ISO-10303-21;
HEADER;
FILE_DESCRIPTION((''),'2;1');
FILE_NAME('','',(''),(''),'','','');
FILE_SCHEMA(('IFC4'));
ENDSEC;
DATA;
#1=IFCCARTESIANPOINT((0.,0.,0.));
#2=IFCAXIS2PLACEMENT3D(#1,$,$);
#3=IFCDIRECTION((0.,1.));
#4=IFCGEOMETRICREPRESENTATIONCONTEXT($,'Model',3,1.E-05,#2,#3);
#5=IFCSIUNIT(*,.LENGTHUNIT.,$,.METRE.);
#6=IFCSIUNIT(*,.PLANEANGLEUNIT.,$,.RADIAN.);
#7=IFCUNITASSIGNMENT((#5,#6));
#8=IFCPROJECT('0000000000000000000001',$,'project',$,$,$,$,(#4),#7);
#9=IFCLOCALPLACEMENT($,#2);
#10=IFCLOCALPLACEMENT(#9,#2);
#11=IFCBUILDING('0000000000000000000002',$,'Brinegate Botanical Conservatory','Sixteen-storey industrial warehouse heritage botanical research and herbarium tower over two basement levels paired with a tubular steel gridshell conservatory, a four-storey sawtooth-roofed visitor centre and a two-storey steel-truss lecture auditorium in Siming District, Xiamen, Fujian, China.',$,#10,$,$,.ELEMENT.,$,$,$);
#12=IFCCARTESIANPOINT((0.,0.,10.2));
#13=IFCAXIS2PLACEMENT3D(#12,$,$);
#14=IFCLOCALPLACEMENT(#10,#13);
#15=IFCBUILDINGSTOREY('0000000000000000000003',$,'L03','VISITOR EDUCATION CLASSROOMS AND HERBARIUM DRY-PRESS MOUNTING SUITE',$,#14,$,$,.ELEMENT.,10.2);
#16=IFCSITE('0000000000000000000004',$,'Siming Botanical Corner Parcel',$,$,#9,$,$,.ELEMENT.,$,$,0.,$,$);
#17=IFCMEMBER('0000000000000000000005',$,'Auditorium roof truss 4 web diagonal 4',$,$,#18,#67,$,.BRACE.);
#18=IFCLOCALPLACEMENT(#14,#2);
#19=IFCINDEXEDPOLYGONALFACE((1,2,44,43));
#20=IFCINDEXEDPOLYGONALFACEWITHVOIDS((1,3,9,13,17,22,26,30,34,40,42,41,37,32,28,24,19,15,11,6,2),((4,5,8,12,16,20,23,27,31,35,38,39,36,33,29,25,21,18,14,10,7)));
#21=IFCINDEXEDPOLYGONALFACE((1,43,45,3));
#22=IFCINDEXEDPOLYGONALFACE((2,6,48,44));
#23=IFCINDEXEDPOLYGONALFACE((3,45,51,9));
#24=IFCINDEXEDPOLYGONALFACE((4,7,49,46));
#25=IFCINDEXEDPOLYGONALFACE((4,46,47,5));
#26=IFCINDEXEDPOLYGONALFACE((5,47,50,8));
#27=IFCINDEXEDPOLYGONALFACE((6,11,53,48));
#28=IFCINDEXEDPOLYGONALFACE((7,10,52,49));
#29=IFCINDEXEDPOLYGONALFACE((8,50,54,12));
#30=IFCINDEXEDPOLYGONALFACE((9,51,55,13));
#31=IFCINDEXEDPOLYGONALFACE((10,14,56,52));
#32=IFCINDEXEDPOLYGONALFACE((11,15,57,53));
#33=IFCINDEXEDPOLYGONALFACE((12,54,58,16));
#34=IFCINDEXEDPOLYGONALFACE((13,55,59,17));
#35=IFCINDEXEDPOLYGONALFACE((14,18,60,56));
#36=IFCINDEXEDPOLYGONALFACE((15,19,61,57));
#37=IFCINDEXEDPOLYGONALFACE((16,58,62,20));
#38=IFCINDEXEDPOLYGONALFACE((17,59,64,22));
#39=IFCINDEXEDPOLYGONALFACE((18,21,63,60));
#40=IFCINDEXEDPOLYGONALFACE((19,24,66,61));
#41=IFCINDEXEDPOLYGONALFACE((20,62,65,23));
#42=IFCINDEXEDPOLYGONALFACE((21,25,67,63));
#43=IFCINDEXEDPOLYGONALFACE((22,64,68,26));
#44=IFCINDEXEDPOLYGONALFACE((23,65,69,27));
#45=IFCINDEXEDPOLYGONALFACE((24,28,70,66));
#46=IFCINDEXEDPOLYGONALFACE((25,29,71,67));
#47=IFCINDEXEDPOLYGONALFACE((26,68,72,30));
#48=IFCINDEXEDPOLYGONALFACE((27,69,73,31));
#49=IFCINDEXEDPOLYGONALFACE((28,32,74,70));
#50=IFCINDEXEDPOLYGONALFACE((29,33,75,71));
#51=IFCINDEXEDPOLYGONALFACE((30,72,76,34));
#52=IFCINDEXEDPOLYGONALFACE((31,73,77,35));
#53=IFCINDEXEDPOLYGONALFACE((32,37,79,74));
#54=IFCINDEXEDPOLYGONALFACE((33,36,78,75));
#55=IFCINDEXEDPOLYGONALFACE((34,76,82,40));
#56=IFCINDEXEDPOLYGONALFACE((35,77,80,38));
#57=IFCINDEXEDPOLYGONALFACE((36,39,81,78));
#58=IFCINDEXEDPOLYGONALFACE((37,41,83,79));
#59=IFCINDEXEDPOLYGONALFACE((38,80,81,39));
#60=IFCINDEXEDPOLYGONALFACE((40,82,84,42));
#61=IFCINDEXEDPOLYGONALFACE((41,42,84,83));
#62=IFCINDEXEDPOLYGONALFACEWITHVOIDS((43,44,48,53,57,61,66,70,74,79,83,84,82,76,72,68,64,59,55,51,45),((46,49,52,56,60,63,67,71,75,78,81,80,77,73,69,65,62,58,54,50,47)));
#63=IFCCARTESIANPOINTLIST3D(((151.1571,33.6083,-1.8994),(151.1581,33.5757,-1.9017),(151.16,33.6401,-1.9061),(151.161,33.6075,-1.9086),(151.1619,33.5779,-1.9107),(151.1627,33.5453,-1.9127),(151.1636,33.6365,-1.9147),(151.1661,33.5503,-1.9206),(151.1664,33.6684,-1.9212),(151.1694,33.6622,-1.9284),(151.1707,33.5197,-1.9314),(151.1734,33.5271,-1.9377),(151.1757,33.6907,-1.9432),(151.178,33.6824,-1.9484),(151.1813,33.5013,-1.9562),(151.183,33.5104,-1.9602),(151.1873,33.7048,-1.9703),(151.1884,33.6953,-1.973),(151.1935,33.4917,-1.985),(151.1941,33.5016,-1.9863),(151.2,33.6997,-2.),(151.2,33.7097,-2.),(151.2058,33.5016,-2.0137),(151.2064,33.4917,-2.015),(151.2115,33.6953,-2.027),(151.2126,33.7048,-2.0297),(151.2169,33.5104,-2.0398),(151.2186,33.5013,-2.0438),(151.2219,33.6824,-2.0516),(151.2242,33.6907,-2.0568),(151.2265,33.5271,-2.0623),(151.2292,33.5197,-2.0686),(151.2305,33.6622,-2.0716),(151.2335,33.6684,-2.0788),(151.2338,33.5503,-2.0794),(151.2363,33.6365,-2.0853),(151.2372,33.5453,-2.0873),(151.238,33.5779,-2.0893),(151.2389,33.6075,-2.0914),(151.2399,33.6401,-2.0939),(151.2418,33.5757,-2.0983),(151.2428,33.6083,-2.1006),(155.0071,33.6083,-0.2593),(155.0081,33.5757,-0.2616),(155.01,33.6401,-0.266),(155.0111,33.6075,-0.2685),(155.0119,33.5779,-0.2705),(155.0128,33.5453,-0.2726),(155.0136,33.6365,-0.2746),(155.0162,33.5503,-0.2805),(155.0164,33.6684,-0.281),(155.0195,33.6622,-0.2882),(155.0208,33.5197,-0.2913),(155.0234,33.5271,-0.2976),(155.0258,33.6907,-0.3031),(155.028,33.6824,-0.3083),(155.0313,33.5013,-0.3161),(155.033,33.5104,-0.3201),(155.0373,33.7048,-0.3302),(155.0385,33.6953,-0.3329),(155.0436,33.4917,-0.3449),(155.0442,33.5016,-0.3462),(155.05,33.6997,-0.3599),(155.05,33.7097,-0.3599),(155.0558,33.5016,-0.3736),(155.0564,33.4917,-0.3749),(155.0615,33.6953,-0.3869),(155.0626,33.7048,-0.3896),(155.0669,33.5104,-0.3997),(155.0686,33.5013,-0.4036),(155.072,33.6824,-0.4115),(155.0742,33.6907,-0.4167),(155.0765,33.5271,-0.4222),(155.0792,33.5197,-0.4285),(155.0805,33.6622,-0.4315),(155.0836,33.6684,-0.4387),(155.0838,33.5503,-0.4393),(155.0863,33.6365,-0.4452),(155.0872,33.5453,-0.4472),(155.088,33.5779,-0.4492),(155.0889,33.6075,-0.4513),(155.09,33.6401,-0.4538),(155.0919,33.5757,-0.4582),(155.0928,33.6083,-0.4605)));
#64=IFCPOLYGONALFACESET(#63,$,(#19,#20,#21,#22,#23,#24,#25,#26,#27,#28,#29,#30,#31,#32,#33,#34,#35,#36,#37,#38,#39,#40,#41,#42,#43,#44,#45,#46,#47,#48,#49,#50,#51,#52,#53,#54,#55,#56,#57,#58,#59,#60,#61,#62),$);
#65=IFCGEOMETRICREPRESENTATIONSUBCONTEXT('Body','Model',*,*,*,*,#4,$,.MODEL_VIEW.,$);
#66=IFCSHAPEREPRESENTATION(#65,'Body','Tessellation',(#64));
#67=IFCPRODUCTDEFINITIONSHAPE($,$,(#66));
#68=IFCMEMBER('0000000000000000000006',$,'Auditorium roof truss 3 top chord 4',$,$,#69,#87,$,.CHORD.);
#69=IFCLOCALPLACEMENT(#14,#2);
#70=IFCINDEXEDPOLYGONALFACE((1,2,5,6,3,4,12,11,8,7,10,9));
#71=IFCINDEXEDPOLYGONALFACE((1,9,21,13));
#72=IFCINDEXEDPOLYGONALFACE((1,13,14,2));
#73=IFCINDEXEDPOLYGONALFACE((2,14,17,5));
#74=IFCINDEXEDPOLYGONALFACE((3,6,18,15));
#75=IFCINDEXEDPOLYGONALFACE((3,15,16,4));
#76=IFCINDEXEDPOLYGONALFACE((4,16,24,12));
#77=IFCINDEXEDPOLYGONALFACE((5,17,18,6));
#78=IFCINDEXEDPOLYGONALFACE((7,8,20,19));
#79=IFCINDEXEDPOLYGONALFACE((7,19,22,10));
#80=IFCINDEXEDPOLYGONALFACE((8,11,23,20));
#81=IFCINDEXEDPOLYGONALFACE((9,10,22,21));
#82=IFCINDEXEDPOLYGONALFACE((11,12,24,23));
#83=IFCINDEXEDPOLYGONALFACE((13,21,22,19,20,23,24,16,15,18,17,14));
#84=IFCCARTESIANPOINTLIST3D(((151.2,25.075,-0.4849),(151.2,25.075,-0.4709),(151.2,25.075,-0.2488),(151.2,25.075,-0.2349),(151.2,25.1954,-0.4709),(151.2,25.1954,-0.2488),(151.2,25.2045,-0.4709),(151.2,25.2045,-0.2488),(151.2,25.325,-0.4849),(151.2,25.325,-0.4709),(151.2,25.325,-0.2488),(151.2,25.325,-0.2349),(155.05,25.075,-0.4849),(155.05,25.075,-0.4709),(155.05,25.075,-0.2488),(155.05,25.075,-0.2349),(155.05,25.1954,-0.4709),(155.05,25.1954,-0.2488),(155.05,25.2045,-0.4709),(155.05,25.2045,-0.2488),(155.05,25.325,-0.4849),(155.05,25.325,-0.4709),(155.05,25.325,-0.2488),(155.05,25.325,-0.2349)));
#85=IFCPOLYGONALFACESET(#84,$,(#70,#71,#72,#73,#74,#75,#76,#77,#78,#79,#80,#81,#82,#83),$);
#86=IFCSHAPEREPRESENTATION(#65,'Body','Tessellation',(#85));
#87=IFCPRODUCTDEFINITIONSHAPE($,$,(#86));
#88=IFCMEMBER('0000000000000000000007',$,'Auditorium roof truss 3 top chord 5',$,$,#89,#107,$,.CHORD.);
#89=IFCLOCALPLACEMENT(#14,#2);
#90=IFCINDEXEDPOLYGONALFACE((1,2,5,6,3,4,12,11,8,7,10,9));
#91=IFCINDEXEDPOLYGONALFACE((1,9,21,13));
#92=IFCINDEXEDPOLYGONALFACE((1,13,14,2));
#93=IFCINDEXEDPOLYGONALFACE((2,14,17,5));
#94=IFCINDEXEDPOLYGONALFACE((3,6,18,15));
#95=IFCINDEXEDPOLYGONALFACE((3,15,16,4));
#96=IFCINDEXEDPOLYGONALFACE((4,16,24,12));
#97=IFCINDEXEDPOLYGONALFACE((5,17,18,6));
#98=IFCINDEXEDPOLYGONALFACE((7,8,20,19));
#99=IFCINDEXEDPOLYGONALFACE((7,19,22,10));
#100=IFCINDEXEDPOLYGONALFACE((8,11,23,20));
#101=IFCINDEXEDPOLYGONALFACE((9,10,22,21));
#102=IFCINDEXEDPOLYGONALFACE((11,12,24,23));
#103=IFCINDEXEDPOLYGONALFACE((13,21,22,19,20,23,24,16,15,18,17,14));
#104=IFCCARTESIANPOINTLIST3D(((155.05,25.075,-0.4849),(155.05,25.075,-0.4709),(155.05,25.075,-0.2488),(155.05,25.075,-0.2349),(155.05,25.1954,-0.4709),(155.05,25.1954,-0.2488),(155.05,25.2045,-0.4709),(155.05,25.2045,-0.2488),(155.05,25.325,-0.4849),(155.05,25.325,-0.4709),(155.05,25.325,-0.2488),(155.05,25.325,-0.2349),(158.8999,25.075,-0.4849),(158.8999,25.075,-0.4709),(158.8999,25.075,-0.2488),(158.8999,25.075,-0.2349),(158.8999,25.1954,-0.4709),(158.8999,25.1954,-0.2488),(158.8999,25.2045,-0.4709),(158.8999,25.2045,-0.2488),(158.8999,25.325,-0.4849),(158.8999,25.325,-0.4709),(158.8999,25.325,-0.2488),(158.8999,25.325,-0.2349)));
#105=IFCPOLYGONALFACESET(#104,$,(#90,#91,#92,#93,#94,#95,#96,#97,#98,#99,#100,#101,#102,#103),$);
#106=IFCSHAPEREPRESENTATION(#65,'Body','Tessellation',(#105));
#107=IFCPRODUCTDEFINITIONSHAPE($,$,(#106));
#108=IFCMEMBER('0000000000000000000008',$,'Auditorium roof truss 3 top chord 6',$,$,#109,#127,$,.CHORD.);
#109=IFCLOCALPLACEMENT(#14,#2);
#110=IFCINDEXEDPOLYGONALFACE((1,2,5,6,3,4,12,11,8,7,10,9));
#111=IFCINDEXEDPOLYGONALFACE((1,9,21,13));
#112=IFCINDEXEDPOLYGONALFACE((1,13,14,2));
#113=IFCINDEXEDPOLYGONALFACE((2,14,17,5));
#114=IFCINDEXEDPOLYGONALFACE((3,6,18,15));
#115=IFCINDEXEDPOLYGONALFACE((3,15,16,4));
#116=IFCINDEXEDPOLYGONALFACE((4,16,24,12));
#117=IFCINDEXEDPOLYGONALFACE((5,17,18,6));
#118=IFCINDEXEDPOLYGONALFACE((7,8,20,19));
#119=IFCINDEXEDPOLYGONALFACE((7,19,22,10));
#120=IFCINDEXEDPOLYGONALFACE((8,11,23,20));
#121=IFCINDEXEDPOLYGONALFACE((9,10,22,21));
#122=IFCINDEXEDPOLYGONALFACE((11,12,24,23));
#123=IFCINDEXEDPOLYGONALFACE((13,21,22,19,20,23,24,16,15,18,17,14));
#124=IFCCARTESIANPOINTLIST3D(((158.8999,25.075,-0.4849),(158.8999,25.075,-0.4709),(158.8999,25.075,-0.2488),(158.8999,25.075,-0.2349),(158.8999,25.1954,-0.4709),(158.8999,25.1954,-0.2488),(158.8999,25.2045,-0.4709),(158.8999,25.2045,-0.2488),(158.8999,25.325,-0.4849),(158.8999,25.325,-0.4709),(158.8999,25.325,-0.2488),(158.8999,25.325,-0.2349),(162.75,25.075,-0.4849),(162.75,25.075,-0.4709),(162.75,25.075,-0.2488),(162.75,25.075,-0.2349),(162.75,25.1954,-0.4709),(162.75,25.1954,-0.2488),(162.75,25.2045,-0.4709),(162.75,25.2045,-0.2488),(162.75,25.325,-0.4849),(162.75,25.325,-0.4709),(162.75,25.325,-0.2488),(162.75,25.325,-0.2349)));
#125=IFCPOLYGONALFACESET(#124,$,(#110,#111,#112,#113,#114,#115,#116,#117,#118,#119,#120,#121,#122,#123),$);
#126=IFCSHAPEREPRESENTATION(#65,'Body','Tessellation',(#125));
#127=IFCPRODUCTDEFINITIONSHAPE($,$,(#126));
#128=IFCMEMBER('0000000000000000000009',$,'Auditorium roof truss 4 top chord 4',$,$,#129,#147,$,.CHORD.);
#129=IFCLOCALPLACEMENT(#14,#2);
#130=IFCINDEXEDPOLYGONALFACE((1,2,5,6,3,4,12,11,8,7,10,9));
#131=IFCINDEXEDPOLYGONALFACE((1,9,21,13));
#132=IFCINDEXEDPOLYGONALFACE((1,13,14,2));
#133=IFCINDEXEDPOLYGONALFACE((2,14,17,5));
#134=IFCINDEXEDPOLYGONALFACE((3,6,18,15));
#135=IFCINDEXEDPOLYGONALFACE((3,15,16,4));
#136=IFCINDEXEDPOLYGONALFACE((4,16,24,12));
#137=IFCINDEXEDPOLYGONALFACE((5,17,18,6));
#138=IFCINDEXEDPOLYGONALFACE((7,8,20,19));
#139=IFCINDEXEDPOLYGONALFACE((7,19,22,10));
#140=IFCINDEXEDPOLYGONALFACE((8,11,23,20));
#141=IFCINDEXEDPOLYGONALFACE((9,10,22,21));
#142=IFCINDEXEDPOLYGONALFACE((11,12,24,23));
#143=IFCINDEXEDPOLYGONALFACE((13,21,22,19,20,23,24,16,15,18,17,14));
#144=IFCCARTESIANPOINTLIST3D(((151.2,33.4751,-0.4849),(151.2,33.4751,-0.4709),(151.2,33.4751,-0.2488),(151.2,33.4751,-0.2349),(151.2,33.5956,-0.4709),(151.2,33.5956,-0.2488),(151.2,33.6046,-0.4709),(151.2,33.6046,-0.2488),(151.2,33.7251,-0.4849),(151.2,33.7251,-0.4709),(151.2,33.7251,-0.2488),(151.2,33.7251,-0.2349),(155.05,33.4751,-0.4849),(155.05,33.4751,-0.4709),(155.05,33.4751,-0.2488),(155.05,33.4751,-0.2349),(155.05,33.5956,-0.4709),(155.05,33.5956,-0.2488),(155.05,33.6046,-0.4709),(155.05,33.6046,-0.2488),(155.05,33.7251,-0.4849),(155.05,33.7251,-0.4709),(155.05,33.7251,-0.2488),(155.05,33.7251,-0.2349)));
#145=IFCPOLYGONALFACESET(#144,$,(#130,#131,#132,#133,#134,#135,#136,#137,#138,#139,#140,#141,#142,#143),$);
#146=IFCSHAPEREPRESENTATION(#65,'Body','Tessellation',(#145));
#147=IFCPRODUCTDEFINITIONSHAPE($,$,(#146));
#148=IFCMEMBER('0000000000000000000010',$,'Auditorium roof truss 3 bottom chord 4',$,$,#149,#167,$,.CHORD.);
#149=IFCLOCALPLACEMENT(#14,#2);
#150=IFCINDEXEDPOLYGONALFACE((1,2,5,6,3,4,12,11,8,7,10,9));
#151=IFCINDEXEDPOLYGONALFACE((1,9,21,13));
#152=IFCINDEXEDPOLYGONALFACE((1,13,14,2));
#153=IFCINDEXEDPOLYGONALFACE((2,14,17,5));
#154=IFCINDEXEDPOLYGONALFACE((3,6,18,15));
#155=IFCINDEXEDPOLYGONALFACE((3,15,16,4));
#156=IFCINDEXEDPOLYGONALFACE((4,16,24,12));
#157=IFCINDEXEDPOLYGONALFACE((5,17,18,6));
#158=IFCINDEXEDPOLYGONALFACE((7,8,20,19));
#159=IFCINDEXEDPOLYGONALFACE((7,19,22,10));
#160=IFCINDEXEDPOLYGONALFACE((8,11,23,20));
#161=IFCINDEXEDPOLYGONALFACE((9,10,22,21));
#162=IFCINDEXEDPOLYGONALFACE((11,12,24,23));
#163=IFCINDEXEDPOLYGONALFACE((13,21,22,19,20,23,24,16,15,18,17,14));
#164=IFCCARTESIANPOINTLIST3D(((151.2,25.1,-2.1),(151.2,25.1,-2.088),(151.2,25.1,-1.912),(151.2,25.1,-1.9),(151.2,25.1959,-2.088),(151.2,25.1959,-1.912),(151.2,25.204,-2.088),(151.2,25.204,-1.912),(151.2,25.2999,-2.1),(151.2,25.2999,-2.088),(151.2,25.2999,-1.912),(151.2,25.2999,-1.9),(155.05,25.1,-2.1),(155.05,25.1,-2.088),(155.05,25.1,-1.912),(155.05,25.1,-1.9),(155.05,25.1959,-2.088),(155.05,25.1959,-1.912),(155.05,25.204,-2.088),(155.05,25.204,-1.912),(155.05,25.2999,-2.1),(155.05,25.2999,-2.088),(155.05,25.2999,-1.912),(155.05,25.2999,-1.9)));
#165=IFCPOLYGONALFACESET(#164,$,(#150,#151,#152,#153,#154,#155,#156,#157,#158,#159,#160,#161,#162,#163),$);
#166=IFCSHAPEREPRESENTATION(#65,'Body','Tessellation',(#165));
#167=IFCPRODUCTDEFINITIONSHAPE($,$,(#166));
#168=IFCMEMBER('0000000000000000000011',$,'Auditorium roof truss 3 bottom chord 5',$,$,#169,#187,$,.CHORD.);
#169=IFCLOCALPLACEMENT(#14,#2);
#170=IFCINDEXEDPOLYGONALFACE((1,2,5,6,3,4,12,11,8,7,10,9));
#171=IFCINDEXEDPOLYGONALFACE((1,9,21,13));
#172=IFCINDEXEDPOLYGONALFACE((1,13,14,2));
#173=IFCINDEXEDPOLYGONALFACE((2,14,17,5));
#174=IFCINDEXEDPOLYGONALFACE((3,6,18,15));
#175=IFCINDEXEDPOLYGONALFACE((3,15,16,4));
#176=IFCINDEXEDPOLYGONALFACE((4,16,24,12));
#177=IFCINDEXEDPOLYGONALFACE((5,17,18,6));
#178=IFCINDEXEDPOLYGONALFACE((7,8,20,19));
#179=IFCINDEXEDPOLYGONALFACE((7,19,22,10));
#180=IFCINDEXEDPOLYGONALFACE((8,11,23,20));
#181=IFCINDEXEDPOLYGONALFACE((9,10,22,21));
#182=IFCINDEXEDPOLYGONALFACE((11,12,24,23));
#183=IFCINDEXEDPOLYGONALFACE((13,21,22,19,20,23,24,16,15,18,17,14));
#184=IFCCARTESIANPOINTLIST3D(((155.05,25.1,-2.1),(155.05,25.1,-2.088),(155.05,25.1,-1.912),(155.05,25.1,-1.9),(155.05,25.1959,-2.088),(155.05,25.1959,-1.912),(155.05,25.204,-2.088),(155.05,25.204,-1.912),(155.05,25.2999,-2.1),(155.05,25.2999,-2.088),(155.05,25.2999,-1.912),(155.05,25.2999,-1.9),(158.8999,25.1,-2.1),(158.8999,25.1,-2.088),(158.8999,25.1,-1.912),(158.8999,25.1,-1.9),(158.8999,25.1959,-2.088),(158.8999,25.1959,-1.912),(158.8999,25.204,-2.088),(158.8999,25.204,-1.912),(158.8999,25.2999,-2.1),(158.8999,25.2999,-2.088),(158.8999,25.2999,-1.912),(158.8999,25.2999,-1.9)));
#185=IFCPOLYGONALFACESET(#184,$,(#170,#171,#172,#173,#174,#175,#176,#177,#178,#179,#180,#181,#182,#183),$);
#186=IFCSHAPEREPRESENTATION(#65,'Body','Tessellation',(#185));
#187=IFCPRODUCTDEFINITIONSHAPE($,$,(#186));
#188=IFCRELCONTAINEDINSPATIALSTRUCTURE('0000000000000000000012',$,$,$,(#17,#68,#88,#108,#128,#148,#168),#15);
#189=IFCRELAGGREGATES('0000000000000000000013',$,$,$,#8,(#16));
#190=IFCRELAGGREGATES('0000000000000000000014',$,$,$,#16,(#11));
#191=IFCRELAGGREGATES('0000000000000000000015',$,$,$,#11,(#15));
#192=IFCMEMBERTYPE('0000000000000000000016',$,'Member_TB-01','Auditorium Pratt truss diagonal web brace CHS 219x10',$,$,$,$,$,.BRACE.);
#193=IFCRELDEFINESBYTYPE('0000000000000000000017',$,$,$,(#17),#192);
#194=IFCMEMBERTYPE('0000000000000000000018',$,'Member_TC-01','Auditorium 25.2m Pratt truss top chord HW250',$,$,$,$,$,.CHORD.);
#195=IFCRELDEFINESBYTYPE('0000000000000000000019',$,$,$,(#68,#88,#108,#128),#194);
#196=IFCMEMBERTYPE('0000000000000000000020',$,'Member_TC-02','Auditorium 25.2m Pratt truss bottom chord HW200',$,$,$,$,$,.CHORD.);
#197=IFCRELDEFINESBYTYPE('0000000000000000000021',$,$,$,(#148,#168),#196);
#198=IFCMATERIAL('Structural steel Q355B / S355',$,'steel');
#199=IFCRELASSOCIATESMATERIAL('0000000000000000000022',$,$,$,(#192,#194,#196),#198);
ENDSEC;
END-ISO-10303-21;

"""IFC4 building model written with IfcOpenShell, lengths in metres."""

from ifc_helpers import new_model, si_unit, direction, frame, origin, origin_2d, place, context, subcontext, project, spatial, hollow_circle, i_section, extrude, material, material_profile, profile_set, type_object, element, save


model = new_model("IFC4")

# Units and contexts
model_context = context("Model", 3, precision=1e-05, world=origin(), true_north=direction((0.0, 1.0)))
body_context = subcontext(model_context, "Body", "Model", "MODEL_VIEW")
ifc_project = project(units=[si_unit("LENGTHUNIT", "METRE"), si_unit("PLANEANGLEUNIT", "RADIAN")], contexts=[model_context])

# Site, building, storey
site_placement = place(None, origin())
site = spatial("IfcSite", under=ifc_project, at=site_placement, Name="Siming Botanical Corner Parcel", CompositionType="ELEMENT", RefElevation=0.0)
building_placement = place(site_placement, origin())
building = spatial("IfcBuilding", under=site, at=building_placement, Name="Brinegate Botanical Conservatory", Description="Sixteen-storey industrial warehouse heritage botanical research and herbarium tower over two basement levels paired with a tubular steel gridshell conservatory, a four-storey sawtooth-roofed visitor centre and a two-storey steel-truss lecture auditorium in Siming District, Xiamen, Fujian, China.", CompositionType="ELEMENT")
storey_placement = place(building_placement, frame((0.0, 0.0, 10.2)))
storey = spatial("IfcBuildingStorey", under=building, at=storey_placement, Name="L03", Description="VISITOR EDUCATION CLASSROOMS AND HERBARIUM DRY-PRESS MOUNTING SUITE", CompositionType="ELEMENT", Elevation=10.2)

# Members
ifc_material_1 = material(Name="Structural steel Q355B / S355", Category="steel")
ifc_material_profile_1 = material_profile(ifc_material_1, hollow_circle(Radius=0.1096, WallThickness=0.01, at=origin_2d()), Name="CHS 219x10")
ifc_profile_set_1 = profile_set([ifc_material_profile_1], Name="Structural steel Q355B / S355")
member_type_1 = type_object("IfcMemberType", Name="Member_TB-01", Description="Auditorium Pratt truss diagonal web brace CHS 219x10", PredefinedType="BRACE", material=ifc_profile_set_1)
for number, where, z_axis, x_axis, name in (
    (1, (151.2, 33.6001, -2.0), (0.92, 0.0, 0.391919), (0.0, 1.0, 0.0), "Auditorium roof truss 4 web diagonal 4"),
):
    element("IfcMember", number, at=place(storey_placement, frame(where, z_axis=z_axis, x_axis=x_axis)), inside=storey, type_object=member_type_1, Name=name, PredefinedType="BRACE", context=body_context, shape_type="SweptSolid", body=[
        extrude(hollow_circle(Radius=0.1096, WallThickness=0.01, at=origin_2d()), origin(), (0.0, 0.0, 1.0), 4.1848),
    ])
ifc_material_profile_2 = material_profile(ifc_material_1, i_section(OverallWidth=0.25, OverallDepth=0.25, WebThickness=0.009, FlangeThickness=0.0139, at=origin_2d()), Name="HW 250x250x9x14")
ifc_profile_set_2 = profile_set([ifc_material_profile_2], Name="Structural steel Q355B / S355")
member_type_2 = type_object("IfcMemberType", Name="Member_TC-01", Description="Auditorium 25.2m Pratt truss top chord HW250", PredefinedType="CHORD", material=ifc_profile_set_2)
member_1_placement = place(storey_placement, frame((151.2, 25.2, -0.3599), z_axis=(1.0, 0.0, 0.0), x_axis=(0.0, 1.0, 0.0)))
element("IfcMember", 2, at=member_1_placement, inside=storey, type_object=member_type_2, Name="Auditorium roof truss 3 top chord 4", PredefinedType="CHORD", context=body_context, shape_type="SweptSolid", body=[
    extrude(i_section(OverallWidth=0.25, OverallDepth=0.25, WebThickness=0.009, FlangeThickness=0.0139, at=origin_2d()), origin(), (0.0, 0.0, 1.0), 3.8501),
])
member_2_placement = place(storey_placement, frame((155.05, 25.2, -0.3599), z_axis=(1.0, 0.0, 0.0), x_axis=(0.0, 1.0, 0.0)))
element("IfcMember", 3, at=member_2_placement, inside=storey, type_object=member_type_2, Name="Auditorium roof truss 3 top chord 5", PredefinedType="CHORD", context=body_context, shape_type="SweptSolid", body=[
    extrude(i_section(OverallWidth=0.25, OverallDepth=0.25, WebThickness=0.009, FlangeThickness=0.0139, at=origin_2d()), origin(), (0.0, 0.0, 1.0), 3.8499),
])
for number, where, z_axis, x_axis, name in (
    (4, (158.8999, 25.2, -0.3599), (1.0, 0.0, 0.0), (0.0, 1.0, 0.0), "Auditorium roof truss 3 top chord 6"),
    (5, (151.2, 33.6001, -0.3599), (1.0, 0.0, 0.0), (0.0, 1.0, 0.0), "Auditorium roof truss 4 top chord 4"),
):
    element("IfcMember", number, at=place(storey_placement, frame(where, z_axis=z_axis, x_axis=x_axis)), inside=storey, type_object=member_type_2, Name=name, PredefinedType="CHORD", context=body_context, shape_type="SweptSolid", body=[
        extrude(i_section(OverallWidth=0.25, OverallDepth=0.25, WebThickness=0.009, FlangeThickness=0.0139, at=origin_2d()), origin(), (0.0, 0.0, 1.0), 3.8501),
    ])
ifc_material_profile_3 = material_profile(ifc_material_1, i_section(OverallWidth=0.2, OverallDepth=0.2, WebThickness=0.0081, FlangeThickness=0.012, at=origin_2d()), Name="HW 200x200x8x12")
ifc_profile_set_3 = profile_set([ifc_material_profile_3], Name="Structural steel Q355B / S355")
member_type_3 = type_object("IfcMemberType", Name="Member_TC-02", Description="Auditorium 25.2m Pratt truss bottom chord HW200", PredefinedType="CHORD", material=ifc_profile_set_3)
member_3_placement = place(storey_placement, frame((151.2, 25.2, -2.0), z_axis=(1.0, 0.0, 0.0), x_axis=(0.0, 1.0, 0.0)))
element("IfcMember", 6, at=member_3_placement, inside=storey, type_object=member_type_3, Name="Auditorium roof truss 3 bottom chord 4", PredefinedType="CHORD", context=body_context, shape_type="SweptSolid", body=[
    extrude(i_section(OverallWidth=0.2, OverallDepth=0.2, WebThickness=0.0081, FlangeThickness=0.012, at=origin_2d()), origin(), (0.0, 0.0, 1.0), 3.8501),
])
member_4_placement = place(storey_placement, frame((155.05, 25.2, -2.0), z_axis=(1.0, 0.0, 0.0), x_axis=(0.0, 1.0, 0.0)))
element("IfcMember", 7, at=member_4_placement, inside=storey, type_object=member_type_3, Name="Auditorium roof truss 3 bottom chord 5", PredefinedType="CHORD", context=body_context, shape_type="SweptSolid", body=[
    extrude(i_section(OverallWidth=0.2, OverallDepth=0.2, WebThickness=0.0081, FlangeThickness=0.012, at=origin_2d()), origin(), (0.0, 0.0, 1.0), 3.8499),
])

save(model, "model.ifc")
